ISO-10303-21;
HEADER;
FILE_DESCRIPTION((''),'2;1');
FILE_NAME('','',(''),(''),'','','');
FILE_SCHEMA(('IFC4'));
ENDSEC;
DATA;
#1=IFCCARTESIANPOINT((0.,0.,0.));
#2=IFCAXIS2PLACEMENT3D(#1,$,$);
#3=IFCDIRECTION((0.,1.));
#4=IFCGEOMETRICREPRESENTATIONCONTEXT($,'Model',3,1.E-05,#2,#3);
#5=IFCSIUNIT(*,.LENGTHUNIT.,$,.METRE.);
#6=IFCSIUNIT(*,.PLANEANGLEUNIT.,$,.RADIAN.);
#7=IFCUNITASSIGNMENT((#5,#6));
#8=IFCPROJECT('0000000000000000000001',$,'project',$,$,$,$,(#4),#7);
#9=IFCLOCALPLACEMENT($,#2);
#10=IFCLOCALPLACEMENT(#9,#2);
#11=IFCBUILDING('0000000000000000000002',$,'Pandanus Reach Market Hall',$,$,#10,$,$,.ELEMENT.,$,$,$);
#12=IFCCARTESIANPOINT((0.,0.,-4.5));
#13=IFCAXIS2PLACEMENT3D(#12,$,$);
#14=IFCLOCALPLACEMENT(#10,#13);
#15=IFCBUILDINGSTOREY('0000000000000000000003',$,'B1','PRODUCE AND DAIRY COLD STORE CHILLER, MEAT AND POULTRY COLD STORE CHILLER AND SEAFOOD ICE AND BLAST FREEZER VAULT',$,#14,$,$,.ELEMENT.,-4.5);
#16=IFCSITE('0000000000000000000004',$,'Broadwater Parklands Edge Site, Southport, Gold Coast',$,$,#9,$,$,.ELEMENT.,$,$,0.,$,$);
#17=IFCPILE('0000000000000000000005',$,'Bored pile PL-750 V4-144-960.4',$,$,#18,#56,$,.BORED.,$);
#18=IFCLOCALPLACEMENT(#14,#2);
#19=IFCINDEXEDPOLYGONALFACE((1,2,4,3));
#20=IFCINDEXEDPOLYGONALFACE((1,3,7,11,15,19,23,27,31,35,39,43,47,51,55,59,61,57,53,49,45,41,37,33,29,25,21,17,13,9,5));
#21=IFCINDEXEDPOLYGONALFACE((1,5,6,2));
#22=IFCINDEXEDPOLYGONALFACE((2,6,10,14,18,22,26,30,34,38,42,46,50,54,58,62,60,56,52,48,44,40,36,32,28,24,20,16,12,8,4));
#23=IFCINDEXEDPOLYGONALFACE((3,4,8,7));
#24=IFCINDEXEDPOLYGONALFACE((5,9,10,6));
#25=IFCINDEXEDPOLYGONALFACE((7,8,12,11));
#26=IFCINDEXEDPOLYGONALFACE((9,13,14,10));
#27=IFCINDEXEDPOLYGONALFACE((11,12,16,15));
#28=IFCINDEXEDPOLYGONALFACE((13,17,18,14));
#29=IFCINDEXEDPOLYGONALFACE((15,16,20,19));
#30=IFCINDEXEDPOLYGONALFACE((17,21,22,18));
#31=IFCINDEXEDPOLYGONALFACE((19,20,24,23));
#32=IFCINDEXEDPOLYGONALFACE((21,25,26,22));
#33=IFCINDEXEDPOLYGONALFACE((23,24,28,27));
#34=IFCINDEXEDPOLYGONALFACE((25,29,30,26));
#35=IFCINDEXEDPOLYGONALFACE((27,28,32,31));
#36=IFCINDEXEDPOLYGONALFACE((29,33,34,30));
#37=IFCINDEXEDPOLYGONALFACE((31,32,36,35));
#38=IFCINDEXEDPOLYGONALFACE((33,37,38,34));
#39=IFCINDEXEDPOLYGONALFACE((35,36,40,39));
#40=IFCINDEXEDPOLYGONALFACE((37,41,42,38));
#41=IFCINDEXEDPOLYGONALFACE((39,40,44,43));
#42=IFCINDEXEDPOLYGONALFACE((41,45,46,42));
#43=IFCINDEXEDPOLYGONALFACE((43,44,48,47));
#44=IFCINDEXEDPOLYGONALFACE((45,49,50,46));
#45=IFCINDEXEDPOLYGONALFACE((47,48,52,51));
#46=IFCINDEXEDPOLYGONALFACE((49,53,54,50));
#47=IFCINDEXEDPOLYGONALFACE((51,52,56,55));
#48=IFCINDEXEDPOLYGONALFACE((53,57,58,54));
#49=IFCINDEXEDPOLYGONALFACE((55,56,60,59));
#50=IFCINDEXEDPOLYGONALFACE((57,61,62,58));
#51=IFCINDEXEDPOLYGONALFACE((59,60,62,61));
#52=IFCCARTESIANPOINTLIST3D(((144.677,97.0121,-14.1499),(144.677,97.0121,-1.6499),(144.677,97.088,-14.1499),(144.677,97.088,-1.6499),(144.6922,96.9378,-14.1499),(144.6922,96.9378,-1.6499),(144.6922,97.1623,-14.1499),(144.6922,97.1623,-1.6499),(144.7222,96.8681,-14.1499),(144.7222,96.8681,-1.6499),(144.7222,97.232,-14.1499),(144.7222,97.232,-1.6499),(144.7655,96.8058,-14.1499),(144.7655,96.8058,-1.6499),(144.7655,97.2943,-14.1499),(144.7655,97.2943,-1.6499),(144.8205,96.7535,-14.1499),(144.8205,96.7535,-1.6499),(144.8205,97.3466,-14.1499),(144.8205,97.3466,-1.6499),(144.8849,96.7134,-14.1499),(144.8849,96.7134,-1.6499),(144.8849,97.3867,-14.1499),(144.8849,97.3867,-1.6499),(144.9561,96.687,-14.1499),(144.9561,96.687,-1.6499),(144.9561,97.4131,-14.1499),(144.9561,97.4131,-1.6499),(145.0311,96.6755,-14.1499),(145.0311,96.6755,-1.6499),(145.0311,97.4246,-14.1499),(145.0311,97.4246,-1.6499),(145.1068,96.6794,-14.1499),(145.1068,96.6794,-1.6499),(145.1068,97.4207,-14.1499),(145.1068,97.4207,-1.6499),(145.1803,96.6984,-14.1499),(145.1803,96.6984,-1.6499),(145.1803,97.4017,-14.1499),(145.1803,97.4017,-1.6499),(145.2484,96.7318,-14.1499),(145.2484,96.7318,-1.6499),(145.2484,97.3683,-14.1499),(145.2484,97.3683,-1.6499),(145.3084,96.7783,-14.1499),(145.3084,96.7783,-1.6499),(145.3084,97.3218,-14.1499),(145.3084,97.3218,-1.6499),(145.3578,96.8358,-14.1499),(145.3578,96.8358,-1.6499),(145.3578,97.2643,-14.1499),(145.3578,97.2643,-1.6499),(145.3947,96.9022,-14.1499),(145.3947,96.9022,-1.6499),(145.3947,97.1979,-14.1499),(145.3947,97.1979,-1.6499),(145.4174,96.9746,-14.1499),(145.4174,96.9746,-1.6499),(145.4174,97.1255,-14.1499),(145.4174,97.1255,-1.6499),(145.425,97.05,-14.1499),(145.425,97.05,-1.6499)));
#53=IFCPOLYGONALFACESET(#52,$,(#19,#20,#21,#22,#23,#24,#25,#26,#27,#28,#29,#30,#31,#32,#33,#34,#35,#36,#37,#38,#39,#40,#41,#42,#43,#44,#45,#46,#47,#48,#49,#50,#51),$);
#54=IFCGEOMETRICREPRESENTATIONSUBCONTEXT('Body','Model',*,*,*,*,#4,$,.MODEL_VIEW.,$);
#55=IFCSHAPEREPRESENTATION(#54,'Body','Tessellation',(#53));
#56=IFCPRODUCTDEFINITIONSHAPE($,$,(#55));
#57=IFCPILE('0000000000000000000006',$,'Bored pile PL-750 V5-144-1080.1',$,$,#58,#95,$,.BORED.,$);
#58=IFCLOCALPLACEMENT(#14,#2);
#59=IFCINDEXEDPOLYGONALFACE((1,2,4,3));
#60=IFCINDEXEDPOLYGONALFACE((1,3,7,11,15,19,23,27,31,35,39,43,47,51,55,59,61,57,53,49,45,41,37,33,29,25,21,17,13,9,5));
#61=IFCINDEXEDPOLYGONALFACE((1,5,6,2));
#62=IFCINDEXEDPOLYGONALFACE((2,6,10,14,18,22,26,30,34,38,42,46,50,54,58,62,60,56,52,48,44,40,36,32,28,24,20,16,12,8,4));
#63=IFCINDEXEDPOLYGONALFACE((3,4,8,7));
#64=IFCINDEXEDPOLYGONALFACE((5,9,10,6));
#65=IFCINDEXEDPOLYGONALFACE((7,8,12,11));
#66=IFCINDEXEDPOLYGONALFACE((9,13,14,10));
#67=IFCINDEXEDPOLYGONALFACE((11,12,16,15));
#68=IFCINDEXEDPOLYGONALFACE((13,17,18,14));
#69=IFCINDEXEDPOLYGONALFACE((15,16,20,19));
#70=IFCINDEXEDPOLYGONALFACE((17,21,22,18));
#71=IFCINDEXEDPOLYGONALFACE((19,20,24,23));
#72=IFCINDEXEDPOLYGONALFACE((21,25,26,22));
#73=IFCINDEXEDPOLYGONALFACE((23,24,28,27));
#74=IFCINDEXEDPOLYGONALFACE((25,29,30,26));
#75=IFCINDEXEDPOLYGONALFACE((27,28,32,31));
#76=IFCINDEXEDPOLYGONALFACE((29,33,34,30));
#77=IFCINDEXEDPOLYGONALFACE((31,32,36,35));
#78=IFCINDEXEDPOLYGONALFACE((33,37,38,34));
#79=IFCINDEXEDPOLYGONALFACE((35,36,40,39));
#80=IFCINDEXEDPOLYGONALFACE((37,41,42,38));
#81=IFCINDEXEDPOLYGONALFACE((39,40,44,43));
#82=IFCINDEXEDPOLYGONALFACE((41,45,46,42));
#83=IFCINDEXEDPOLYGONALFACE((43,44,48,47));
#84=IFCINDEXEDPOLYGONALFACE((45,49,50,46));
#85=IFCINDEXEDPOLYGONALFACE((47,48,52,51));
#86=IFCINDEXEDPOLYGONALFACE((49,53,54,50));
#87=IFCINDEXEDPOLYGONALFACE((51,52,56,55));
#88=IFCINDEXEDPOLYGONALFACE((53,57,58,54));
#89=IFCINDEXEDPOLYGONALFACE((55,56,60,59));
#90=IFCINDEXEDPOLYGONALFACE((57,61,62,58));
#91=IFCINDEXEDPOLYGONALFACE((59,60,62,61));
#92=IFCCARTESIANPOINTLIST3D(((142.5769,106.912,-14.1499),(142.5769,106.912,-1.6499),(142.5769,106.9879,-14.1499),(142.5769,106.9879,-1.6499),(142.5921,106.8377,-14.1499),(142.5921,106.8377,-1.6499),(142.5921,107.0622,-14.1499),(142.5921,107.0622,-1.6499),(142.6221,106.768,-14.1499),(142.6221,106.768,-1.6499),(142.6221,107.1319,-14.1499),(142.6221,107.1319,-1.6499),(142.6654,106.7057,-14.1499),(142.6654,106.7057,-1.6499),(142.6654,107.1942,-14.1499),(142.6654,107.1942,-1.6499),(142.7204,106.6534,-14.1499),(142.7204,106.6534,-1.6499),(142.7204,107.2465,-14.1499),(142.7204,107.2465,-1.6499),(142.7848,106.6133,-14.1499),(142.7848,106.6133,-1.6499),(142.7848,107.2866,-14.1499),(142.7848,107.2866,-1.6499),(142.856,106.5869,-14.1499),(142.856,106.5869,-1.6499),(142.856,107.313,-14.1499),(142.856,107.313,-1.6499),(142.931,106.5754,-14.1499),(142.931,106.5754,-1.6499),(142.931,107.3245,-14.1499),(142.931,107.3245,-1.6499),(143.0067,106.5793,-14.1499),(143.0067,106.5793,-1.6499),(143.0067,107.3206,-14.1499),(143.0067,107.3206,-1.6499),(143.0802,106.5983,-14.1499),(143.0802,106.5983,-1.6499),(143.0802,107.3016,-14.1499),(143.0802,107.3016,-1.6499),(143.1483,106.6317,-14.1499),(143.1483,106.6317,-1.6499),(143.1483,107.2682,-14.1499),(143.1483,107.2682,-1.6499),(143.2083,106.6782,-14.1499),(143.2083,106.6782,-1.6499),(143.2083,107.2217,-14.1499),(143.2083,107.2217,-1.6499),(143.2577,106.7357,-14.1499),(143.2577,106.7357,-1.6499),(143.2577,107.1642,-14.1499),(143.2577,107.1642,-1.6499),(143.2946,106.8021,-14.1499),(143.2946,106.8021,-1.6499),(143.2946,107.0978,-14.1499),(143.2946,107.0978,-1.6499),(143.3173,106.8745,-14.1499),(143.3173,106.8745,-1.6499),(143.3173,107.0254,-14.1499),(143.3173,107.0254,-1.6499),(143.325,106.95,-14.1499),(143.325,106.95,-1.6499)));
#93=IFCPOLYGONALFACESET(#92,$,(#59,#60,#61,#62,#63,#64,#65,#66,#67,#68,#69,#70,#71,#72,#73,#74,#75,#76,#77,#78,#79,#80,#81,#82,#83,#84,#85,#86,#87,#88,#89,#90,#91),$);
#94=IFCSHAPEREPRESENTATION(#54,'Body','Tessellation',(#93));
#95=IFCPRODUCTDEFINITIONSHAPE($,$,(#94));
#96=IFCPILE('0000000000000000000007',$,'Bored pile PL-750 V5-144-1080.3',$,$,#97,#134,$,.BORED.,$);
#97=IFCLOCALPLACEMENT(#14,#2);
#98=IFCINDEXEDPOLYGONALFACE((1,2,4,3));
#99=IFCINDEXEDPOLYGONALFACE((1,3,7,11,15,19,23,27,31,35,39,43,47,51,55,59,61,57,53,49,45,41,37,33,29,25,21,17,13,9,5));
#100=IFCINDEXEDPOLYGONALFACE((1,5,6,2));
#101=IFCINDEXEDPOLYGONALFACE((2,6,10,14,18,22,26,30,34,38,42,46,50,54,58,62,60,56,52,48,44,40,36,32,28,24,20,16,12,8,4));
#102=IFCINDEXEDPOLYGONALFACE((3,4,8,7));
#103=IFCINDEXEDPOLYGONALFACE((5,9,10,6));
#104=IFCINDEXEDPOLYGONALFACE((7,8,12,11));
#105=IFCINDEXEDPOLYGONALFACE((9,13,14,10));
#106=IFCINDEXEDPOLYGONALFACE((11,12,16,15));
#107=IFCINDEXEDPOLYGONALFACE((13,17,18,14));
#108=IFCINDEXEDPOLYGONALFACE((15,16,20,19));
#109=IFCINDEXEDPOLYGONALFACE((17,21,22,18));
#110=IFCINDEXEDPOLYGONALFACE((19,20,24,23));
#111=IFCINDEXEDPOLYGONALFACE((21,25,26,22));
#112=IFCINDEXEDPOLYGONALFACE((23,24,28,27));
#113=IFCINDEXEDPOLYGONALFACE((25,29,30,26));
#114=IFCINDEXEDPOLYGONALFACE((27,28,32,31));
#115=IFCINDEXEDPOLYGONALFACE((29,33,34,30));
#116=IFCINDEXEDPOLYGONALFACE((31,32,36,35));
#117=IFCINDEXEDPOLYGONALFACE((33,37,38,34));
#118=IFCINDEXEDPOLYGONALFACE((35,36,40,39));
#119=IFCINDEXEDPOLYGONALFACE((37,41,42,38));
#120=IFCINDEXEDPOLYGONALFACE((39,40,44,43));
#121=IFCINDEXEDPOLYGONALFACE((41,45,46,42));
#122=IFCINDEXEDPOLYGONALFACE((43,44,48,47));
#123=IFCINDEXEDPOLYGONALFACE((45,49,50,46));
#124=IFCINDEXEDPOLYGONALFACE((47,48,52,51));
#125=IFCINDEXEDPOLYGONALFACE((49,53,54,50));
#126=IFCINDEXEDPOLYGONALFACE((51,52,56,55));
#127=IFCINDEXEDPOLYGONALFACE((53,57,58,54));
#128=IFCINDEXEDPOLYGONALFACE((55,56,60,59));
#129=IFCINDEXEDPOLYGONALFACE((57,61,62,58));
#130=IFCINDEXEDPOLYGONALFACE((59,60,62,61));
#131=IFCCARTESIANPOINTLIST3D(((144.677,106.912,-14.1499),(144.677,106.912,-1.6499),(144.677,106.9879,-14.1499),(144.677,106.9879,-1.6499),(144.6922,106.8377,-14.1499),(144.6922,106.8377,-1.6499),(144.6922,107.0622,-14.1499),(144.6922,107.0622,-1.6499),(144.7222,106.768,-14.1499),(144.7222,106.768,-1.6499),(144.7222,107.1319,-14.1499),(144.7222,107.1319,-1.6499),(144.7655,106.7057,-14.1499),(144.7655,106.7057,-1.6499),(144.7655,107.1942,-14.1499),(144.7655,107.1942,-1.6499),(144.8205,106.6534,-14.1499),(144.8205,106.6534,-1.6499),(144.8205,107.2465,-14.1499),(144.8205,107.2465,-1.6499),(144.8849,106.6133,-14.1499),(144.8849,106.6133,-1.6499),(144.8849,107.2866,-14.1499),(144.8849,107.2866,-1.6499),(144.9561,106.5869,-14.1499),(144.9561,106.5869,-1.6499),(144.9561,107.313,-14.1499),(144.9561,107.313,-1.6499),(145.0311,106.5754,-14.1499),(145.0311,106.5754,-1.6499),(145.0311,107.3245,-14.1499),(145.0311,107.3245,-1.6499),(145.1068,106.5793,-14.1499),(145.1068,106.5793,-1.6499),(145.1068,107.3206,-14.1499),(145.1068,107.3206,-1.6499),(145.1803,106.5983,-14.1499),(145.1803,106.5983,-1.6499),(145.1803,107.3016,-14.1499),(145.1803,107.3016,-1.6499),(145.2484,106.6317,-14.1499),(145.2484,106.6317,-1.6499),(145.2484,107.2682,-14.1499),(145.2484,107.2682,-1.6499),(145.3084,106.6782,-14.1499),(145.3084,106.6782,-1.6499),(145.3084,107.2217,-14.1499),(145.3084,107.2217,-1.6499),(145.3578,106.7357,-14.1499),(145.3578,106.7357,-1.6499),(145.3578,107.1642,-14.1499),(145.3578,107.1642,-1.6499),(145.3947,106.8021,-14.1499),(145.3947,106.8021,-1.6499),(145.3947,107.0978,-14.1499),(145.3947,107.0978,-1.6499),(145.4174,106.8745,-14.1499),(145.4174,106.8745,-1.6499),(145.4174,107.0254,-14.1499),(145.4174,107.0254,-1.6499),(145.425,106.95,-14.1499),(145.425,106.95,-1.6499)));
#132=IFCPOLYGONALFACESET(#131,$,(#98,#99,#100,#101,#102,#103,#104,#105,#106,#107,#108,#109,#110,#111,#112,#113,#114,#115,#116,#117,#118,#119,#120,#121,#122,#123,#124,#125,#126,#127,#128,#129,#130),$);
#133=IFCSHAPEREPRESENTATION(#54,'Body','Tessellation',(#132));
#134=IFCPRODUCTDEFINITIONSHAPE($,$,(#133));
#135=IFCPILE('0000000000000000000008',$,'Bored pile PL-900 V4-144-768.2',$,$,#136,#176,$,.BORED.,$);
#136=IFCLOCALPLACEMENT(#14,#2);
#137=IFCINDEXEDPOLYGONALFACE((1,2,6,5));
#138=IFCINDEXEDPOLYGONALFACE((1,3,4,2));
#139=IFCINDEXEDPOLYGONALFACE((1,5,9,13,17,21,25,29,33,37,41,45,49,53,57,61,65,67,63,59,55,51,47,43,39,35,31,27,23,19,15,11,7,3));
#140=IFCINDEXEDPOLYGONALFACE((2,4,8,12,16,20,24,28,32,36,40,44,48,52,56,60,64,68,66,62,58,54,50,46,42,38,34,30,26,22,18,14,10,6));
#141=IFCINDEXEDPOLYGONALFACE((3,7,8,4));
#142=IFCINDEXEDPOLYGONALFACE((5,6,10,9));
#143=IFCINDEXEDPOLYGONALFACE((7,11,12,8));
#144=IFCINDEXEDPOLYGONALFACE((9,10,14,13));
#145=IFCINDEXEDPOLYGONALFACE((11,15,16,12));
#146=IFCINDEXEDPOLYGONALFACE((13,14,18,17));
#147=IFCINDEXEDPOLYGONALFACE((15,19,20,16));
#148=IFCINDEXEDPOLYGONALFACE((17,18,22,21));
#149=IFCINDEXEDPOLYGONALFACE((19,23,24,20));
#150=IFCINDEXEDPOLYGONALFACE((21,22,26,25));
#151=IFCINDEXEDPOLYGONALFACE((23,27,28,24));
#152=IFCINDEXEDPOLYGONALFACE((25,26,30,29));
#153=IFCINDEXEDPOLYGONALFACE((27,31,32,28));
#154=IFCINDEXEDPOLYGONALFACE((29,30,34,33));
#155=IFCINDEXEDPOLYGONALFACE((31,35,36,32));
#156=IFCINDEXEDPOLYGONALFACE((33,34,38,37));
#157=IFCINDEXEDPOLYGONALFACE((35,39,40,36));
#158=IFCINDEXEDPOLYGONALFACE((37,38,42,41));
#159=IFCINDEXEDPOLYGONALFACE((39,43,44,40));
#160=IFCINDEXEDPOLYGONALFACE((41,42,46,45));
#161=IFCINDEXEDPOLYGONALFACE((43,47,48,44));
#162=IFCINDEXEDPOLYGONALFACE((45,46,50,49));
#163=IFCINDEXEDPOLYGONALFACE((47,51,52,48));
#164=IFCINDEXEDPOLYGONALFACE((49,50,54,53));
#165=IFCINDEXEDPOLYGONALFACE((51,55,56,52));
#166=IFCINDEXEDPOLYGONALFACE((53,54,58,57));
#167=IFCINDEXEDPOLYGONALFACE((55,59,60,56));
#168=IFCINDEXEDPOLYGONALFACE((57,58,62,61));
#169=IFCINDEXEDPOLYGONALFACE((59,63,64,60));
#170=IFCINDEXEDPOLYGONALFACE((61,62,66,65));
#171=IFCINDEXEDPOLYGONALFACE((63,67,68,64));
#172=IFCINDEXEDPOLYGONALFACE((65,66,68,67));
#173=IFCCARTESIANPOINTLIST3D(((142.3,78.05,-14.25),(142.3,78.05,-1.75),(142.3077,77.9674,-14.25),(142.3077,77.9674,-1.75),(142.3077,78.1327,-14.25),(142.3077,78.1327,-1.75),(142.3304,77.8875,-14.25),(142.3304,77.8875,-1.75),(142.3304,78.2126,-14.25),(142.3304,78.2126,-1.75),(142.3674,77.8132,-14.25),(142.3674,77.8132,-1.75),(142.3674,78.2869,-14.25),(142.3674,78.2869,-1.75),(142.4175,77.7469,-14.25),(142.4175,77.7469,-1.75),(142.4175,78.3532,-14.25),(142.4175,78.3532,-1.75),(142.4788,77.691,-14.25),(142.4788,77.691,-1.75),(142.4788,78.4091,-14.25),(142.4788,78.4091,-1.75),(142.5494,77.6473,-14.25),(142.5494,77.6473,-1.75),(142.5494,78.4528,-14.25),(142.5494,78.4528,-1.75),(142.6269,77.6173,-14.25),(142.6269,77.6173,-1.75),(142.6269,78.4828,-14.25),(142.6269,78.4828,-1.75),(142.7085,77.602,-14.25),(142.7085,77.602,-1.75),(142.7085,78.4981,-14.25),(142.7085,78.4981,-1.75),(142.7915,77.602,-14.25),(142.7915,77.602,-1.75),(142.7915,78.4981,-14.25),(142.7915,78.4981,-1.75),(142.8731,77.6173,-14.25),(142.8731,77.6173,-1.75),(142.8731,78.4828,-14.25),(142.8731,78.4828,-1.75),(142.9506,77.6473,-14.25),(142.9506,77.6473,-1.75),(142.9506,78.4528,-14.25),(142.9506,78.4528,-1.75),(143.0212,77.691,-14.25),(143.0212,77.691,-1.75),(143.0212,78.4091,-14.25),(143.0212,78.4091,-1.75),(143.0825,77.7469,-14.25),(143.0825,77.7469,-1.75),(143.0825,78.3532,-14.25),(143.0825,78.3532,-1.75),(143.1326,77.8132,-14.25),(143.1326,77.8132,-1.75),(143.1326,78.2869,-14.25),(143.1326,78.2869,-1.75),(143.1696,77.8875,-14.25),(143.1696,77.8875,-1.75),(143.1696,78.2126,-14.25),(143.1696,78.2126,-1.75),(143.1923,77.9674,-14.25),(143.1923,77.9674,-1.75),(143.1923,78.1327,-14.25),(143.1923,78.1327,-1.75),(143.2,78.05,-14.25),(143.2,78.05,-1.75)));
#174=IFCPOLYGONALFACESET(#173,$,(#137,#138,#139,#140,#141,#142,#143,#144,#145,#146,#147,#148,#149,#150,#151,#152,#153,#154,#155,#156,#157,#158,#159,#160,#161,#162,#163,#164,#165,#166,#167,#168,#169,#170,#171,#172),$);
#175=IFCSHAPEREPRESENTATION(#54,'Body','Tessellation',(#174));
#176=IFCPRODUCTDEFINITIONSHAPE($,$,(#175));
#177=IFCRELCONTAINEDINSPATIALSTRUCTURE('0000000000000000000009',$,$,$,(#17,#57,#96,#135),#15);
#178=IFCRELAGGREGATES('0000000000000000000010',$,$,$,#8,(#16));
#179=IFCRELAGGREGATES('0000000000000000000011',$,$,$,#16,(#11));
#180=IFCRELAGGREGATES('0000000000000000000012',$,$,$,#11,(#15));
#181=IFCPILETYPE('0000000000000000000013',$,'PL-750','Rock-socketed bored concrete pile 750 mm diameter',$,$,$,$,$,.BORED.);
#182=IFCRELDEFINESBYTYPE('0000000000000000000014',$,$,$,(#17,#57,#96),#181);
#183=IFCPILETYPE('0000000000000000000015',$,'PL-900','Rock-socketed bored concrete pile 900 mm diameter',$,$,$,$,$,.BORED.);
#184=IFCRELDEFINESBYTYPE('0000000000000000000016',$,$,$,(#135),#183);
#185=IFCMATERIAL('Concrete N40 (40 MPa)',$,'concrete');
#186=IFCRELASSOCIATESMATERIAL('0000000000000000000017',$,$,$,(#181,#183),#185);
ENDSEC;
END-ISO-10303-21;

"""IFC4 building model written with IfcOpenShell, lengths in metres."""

from ifc_helpers import new_model, si_unit, direction, frame, origin, origin_2d, place, context, subcontext, project, spatial, circle, extrude, material, material_profile, profile_set, type_object, element, save


model = new_model("IFC4")

# Units and contexts
model_context = context("Model", 3, precision=1e-05, world=origin(), true_north=direction((0.0, 1.0)))
body_context = subcontext(model_context, "Body", "Model", "MODEL_VIEW")
ifc_project = project(units=[si_unit("LENGTHUNIT", "METRE"), si_unit("PLANEANGLEUNIT", "RADIAN")], contexts=[model_context])

# Site, building, storey
site_placement = place(None, origin())
site = spatial("IfcSite", under=ifc_project, at=site_placement, Name="Broadwater Parklands Edge Site, Southport, Gold Coast", CompositionType="ELEMENT", RefElevation=0.0)
building_placement = place(site_placement, origin())
building = spatial("IfcBuilding", under=site, at=building_placement, Name="Pandanus Reach Market Hall", CompositionType="ELEMENT")
storey_placement = place(building_placement, frame((0.0, 0.0, -4.5)))
storey = spatial("IfcBuildingStorey", under=building, at=storey_placement, Name="B1", Description="PRODUCE AND DAIRY COLD STORE CHILLER, MEAT AND POULTRY COLD STORE CHILLER AND SEAFOOD ICE AND BLAST FREEZER VAULT", CompositionType="ELEMENT", Elevation=-4.5)

# Shared definitions
ifc_material_1 = material(Name="Concrete N40 (40 MPa)", Category="concrete")

# Piles
ifc_material_profile_1 = material_profile(ifc_material_1, circle(Radius=0.375, at=origin_2d()), Name="PILE-750D", Category="LoadBearing")
ifc_profile_set_1 = profile_set([ifc_material_profile_1], Name="Concrete N40 (40 MPa)")
pile_type_1 = type_object("IfcPileType", Name="PL-750", Description="Rock-socketed bored concrete pile 750 mm diameter", PredefinedType="BORED", material=ifc_profile_set_1)
for number, where, z_axis, x_axis, name in (
    (1, (145.05, 97.05, -1.6499), (0.0, 0.0, -1.0), (1.0, 0.0, 0.0), "Bored pile PL-750 V4-144-960.4"),
    (2, (142.95, 106.95, -1.6499), (0.0, 0.0, -1.0), (1.0, 0.0, 0.0), "Bored pile PL-750 V5-144-1080.1"),
    (3, (145.05, 106.95, -1.6499), (0.0, 0.0, -1.0), (1.0, 0.0, 0.0), "Bored pile PL-750 V5-144-1080.3"),
):
    element("IfcPile", number, at=place(storey_placement, frame(where, z_axis=z_axis, x_axis=x_axis)), inside=storey, type_object=pile_type_1, Name=name, PredefinedType="BORED", context=body_context, shape_type="SweptSolid", body=[
        extrude(circle(Radius=0.375, at=origin_2d()), origin(), (0.0, 0.0, 1.0), 12.5),
    ])
ifc_material_profile_2 = material_profile(ifc_material_1, circle(Radius=0.45, at=origin_2d()), Name="PILE-900D", Category="LoadBearing")
ifc_profile_set_2 = profile_set([ifc_material_profile_2], Name="Concrete N40 (40 MPa)")
pile_type_2 = type_object("IfcPileType", Name="PL-900", Description="Rock-socketed bored concrete pile 900 mm diameter", PredefinedType="BORED", material=ifc_profile_set_2)
for number, where, z_axis, x_axis, name in (
    (4, (142.75, 78.05, -1.75), (0.0, 0.0, -1.0), (1.0, 0.0, 0.0), "Bored pile PL-900 V4-144-768.2"),
):
    element("IfcPile", number, at=place(storey_placement, frame(where, z_axis=z_axis, x_axis=x_axis)), inside=storey, type_object=pile_type_2, Name=name, PredefinedType="BORED", context=body_context, shape_type="SweptSolid", body=[
        extrude(circle(Radius=0.45, at=origin_2d()), origin(), (0.0, 0.0, 1.0), 12.5),
    ])

save(model, "model.ifc")
